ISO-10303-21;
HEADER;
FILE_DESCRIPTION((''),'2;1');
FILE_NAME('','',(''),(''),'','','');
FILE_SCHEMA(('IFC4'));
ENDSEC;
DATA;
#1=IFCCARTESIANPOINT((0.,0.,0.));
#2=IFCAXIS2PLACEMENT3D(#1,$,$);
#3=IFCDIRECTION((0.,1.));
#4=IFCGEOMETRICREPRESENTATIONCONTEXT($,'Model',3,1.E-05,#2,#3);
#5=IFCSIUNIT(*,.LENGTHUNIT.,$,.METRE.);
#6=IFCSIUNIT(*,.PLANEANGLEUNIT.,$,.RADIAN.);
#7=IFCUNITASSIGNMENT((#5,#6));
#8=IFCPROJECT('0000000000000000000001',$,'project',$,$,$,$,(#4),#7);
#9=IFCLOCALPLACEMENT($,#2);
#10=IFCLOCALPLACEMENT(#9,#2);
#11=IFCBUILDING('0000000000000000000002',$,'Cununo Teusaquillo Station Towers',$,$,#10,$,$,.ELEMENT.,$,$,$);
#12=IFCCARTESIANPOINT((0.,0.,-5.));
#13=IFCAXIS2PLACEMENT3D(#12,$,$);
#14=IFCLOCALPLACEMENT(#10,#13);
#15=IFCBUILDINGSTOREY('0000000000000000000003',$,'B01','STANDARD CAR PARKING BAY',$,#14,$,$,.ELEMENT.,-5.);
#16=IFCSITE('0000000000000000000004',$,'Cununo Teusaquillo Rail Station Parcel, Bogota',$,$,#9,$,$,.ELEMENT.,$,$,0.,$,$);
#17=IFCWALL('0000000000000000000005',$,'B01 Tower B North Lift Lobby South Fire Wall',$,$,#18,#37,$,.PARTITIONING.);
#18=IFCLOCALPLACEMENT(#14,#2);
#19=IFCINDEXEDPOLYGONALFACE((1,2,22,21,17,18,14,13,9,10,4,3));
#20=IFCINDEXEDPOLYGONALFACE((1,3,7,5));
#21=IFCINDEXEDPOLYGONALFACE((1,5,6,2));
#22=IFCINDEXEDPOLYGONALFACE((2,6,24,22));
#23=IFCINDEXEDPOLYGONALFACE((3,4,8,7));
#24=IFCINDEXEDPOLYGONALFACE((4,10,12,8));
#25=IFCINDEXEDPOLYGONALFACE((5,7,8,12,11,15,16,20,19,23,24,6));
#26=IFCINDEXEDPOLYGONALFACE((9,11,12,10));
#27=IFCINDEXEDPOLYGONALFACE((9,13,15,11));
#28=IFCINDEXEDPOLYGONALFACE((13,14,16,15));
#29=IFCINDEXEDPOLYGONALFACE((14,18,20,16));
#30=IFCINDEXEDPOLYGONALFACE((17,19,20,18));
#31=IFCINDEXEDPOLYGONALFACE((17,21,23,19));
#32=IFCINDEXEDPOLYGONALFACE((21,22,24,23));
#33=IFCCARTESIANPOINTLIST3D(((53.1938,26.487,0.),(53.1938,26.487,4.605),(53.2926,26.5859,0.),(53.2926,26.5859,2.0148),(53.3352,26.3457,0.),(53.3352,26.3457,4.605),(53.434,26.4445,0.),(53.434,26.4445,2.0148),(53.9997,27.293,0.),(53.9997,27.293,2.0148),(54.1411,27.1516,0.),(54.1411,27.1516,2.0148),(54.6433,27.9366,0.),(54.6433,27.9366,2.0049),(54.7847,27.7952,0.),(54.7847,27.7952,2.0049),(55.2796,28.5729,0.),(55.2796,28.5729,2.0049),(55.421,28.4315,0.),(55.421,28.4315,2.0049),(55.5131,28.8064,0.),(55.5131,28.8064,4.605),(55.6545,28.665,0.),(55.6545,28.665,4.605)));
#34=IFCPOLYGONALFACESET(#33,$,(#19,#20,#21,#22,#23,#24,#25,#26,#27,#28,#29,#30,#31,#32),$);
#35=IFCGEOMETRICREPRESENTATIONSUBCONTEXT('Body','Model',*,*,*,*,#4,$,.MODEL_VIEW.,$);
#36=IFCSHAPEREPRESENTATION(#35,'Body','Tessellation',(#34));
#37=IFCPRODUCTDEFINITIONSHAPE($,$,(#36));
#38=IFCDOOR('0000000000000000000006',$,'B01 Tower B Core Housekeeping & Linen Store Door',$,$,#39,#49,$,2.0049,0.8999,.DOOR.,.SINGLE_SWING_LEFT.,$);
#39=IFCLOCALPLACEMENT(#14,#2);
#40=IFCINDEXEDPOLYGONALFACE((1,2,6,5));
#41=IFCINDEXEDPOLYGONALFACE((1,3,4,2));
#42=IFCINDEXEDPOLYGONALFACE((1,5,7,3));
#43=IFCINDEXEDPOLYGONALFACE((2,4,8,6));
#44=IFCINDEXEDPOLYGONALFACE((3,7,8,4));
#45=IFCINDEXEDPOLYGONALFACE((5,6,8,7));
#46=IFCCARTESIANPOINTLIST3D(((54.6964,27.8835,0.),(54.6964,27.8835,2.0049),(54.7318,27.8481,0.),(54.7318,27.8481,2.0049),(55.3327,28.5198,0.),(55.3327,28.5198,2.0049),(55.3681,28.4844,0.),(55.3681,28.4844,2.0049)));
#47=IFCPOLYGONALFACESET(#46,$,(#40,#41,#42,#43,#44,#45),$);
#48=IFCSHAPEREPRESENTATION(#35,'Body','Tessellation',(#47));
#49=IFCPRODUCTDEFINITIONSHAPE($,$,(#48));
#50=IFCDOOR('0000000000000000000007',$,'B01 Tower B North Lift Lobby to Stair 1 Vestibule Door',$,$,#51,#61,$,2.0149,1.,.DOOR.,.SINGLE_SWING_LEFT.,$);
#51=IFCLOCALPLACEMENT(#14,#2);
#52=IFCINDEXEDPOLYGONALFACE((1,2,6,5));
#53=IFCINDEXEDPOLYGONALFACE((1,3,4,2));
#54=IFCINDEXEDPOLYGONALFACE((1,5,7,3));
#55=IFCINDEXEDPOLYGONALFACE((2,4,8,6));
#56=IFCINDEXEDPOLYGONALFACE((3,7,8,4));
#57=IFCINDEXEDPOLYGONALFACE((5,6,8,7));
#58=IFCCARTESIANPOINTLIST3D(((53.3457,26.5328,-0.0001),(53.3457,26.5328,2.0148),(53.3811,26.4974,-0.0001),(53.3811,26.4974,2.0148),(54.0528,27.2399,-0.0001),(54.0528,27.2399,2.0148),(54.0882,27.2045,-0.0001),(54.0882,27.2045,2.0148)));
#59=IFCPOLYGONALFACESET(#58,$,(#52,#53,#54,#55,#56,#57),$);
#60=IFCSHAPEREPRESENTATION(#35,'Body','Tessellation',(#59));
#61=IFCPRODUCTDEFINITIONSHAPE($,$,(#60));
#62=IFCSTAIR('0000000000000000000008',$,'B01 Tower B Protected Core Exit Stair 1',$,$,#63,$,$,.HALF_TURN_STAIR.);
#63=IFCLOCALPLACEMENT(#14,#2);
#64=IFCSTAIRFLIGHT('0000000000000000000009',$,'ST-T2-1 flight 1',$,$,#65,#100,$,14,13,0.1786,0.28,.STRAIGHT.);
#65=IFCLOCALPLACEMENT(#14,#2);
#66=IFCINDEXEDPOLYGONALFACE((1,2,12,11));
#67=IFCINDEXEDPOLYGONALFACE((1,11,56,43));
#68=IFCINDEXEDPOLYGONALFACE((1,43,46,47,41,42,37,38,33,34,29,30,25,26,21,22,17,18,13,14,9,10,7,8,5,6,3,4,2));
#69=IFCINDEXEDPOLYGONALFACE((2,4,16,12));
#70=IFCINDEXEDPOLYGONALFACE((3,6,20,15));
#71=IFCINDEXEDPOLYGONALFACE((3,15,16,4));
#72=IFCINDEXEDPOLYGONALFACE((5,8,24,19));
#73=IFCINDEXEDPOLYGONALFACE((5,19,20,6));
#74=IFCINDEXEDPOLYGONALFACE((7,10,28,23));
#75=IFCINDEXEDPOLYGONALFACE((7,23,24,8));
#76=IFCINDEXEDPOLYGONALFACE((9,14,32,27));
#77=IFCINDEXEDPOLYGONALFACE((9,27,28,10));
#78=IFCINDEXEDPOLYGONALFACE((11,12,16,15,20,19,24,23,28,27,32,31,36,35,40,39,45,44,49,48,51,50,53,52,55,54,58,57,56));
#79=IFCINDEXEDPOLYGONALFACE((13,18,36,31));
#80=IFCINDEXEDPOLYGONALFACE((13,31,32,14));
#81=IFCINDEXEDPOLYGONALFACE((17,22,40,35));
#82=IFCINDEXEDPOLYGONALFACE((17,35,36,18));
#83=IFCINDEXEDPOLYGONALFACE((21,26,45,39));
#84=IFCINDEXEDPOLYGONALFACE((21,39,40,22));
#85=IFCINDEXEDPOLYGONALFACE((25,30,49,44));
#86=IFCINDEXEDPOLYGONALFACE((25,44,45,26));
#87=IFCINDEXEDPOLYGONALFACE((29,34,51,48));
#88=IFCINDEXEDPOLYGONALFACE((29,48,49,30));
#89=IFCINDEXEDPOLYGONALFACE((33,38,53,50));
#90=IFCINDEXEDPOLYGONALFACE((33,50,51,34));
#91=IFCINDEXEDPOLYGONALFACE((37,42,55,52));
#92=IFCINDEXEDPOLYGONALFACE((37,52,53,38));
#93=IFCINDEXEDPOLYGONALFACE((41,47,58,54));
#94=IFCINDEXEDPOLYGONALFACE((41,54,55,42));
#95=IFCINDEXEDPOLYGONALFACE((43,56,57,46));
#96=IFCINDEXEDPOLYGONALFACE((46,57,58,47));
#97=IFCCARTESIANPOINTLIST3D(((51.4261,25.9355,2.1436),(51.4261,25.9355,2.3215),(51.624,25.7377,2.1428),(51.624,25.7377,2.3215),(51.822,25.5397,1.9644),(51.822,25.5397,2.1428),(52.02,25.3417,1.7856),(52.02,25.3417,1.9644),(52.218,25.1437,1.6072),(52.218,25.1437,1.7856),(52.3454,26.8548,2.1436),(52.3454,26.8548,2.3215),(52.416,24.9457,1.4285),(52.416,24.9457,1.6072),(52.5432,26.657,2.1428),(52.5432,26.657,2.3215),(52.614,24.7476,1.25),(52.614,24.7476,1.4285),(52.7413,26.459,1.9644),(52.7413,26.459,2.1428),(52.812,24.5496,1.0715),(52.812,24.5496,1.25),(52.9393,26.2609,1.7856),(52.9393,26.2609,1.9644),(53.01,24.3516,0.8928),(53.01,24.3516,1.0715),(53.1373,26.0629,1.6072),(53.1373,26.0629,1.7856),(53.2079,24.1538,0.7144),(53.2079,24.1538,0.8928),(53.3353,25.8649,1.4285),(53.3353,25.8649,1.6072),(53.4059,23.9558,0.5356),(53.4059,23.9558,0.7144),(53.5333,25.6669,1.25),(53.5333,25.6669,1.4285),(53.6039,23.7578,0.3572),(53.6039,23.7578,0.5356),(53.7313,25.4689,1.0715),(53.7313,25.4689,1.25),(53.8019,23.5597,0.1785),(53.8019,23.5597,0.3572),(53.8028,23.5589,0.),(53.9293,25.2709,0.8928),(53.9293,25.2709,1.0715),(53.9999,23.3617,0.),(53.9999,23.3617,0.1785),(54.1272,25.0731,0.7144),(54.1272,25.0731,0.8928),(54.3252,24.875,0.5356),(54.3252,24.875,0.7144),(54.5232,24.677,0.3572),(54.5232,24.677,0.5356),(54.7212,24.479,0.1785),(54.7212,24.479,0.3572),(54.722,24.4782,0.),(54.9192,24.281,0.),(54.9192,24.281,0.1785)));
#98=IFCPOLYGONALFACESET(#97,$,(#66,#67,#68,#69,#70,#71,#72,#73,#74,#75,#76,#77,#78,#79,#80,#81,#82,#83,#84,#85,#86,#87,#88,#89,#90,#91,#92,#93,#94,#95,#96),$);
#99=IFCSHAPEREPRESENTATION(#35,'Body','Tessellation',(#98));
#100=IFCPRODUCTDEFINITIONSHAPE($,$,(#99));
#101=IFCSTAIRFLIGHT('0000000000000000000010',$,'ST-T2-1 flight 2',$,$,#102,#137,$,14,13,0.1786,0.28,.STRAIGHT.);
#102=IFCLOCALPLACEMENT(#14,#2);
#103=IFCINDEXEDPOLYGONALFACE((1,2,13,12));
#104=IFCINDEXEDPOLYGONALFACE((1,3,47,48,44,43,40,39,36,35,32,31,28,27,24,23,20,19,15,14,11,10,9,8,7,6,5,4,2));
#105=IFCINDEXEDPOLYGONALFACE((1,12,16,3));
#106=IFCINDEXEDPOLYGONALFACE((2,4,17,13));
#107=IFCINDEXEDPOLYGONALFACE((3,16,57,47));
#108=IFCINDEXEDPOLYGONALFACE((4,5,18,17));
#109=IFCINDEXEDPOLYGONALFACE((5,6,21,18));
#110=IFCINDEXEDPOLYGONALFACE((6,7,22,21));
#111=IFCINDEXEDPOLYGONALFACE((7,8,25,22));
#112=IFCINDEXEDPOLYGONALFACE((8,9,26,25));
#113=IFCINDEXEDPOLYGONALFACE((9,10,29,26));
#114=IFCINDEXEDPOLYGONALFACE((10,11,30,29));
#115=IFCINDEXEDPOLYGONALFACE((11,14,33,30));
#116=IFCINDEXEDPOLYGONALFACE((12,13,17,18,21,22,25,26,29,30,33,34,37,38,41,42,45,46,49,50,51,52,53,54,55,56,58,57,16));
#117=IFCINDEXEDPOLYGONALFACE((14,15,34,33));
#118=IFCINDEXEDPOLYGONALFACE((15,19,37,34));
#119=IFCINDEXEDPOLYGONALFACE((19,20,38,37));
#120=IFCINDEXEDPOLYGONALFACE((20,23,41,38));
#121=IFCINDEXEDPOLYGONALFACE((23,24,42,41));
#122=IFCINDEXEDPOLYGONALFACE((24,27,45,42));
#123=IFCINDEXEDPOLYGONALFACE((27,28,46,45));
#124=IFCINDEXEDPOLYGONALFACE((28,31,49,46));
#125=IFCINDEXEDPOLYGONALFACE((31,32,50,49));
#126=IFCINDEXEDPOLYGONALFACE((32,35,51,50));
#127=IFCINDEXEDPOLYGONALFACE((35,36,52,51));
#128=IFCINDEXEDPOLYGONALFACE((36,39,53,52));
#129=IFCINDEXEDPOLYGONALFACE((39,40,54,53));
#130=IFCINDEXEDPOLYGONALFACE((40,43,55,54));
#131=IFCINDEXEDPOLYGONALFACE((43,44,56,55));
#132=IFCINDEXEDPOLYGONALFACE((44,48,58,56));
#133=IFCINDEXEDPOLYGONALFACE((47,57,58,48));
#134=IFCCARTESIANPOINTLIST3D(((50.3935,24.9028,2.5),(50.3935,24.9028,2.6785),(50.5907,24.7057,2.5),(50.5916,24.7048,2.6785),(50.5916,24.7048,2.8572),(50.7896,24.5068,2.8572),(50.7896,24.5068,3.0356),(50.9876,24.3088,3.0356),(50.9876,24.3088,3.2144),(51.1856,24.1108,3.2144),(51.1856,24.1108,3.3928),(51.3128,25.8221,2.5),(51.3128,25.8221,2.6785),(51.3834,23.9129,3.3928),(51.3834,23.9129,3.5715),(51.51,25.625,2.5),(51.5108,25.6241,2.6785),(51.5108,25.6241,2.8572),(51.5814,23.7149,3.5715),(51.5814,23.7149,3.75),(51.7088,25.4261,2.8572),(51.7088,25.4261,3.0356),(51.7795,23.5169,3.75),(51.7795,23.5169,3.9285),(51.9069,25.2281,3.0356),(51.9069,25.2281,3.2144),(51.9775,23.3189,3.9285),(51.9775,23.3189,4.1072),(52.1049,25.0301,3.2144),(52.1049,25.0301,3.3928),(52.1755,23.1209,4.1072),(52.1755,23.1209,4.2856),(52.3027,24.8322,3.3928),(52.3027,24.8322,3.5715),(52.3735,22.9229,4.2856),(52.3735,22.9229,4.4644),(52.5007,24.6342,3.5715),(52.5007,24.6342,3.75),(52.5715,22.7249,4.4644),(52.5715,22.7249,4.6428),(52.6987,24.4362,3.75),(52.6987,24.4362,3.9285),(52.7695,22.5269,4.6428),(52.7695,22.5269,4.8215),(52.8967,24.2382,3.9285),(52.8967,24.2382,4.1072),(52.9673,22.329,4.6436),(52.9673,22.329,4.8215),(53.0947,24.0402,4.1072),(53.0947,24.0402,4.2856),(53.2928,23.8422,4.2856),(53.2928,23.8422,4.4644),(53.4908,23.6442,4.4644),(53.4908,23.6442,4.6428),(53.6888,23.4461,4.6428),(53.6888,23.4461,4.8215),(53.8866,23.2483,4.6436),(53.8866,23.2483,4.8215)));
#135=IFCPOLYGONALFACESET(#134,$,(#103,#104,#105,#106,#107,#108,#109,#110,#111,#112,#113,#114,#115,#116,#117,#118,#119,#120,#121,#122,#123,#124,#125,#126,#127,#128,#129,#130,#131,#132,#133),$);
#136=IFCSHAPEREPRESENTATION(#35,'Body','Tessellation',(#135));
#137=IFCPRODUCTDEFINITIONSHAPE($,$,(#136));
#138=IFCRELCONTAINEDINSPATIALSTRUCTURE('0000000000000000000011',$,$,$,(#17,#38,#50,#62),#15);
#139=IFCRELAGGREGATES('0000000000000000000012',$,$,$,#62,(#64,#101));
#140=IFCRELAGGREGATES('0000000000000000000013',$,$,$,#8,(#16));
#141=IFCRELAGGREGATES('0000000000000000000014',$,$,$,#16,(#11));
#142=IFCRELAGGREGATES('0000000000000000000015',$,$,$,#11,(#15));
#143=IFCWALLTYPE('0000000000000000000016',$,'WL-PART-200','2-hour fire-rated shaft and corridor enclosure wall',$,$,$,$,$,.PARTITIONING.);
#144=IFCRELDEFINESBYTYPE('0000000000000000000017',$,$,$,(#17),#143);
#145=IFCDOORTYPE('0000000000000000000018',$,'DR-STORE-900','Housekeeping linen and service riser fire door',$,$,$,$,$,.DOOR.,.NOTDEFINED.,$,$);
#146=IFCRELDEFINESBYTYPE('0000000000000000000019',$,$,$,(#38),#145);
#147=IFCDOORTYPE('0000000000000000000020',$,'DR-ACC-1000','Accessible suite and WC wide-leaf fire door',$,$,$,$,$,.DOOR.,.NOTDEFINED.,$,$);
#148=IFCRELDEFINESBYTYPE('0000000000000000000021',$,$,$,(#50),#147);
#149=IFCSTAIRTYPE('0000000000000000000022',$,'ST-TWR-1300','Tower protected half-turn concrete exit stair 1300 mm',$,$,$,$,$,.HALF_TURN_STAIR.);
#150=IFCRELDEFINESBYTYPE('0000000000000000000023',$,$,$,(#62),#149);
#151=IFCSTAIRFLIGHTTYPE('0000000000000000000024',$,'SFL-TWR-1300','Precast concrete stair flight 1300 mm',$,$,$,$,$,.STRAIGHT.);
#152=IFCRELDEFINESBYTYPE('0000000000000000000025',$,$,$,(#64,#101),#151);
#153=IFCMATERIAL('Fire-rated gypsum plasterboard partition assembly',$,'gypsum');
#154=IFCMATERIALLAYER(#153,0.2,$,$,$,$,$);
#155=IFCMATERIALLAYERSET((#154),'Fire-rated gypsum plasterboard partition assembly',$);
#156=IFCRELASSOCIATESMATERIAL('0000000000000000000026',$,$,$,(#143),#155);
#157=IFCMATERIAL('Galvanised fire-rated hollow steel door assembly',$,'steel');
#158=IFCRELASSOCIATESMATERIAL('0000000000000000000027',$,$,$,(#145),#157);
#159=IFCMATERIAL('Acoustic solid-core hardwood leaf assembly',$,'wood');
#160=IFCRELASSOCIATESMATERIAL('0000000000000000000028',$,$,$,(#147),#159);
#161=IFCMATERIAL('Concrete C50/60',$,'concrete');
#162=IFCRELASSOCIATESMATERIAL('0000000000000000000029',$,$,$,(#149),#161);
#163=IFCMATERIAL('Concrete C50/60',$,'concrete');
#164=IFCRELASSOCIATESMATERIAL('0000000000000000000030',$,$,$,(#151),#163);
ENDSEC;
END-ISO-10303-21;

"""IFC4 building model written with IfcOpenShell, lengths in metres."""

from ifc_helpers import new_model, si_unit, direction, frame, frame_2d, origin, place, context, subcontext, project, spatial, polyline, rectangle, outline, extrude, source, transform, mapped, material, layer, layer_set, type_object, element, fill, aggregate, save


model = new_model("IFC4")

# Units and contexts
model_context = context("Model", 3, precision=1e-05, world=origin(), true_north=direction((0.0, 1.0)))
body_context = subcontext(model_context, "Body", "Model", "MODEL_VIEW")
ifc_project = project(units=[si_unit("LENGTHUNIT", "METRE"), si_unit("PLANEANGLEUNIT", "RADIAN")], contexts=[model_context])

# Site, building, storey
site_placement = place(None, origin())
site = spatial("IfcSite", under=ifc_project, at=site_placement, Name="Cununo Teusaquillo Rail Station Parcel, Bogota", CompositionType="ELEMENT", RefElevation=0.0)
building_placement = place(site_placement, origin())
building = spatial("IfcBuilding", under=site, at=building_placement, Name="Cununo Teusaquillo Station Towers", CompositionType="ELEMENT")
storey_placement = place(building_placement, frame((0.0, 0.0, -5.0)))
storey = spatial("IfcBuildingStorey", under=building, at=storey_placement, Name="B01", Description="STANDARD CAR PARKING BAY", CompositionType="ELEMENT", Elevation=-5.0)

# Wall, openings, doors
ifc_material_1 = material(Name="Fire-rated gypsum plasterboard partition assembly", Category="gypsum")
ifc_layer_1 = layer(ifc_material_1, 0.2)
ifc_layer_set_1 = layer_set([ifc_layer_1], Name="Fire-rated gypsum plasterboard partition assembly")
wall_type_1 = type_object("IfcWallType", Name="WL-PART-200", Description="2-hour fire-rated shaft and corridor enclosure wall", PredefinedType="PARTITIONING", material=ifc_layer_set_1)
wall_1_placement = place(storey_placement, frame((53.2644, 26.4163, 0.0), z_axis=(0.0, 0.0, 1.0), x_axis=(0.707107, 0.707107, 0.0)))
wall_1 = element("IfcWall", 1, at=wall_1_placement, inside=storey, type_object=wall_type_1, Name="B01 Tower B North Lift Lobby South Fire Wall", PredefinedType="PARTITIONING", context=body_context, shape_type="SweptSolid", body=[
    extrude(rectangle(XDim=3.28, YDim=0.2, at=frame_2d((1.6401, 0.0))), origin(), (0.0, 0.0, 1.0), 4.605),
])
shared_shape_1 = source(origin(), body_context, "Body", "SweptSolid", [
    extrude(rectangle(XDim=1.0, YDim=2.0149, at=frame_2d((0.5, 1.0073))), frame((0.0, 0.1099, 0.0), z_axis=(0.0, -1.0, 0.0), x_axis=(1.0, 0.0, 0.0)), (0.0, 0.0, 1.0), 0.22),
])
opening_1_placement = place(wall_1_placement, frame((0.1399, 0.0, 0.0)))
opening_1 = element("IfcOpeningElement", 2, at=opening_1_placement, cuts=wall_1, PredefinedType="OPENING", context=body_context, shape_type="MappedRepresentation", body=[
    mapped(shared_shape_1, transform((0.0, 0.0, 0.0), x_axis=(1.0, 0.0, 0.0), y_axis=(0.0, 1.0, 0.0), z_axis=(0.0, 0.0, 1.0), scale=1.0)),
])
shared_shape_2 = source(origin(), body_context, "Body", "SweptSolid", [
    extrude(rectangle(XDim=0.8999, YDim=2.0049, at=frame_2d((0.45, 1.0024))), frame((0.0, 0.1099, 0.0), z_axis=(0.0, -1.0, 0.0), x_axis=(1.0, 0.0, 0.0)), (0.0, 0.0, 1.0), 0.22),
])
opening_2_placement = place(wall_1_placement, frame((2.05, 0.0, 0.0)))
opening_2 = element("IfcOpeningElement", 3, at=opening_2_placement, cuts=wall_1, PredefinedType="OPENING", context=body_context, shape_type="MappedRepresentation", body=[
    mapped(shared_shape_2, transform((0.0, 0.0, 0.0), x_axis=(1.0, 0.0, 0.0), y_axis=(0.0, 1.0, 0.0), z_axis=(0.0, 0.0, 1.0), scale=1.0)),
])
ifc_material_2 = material(Name="Galvanised fire-rated hollow steel door assembly", Category="steel")
door_type_1 = type_object("IfcDoorType", Name="DR-STORE-900", Description="Housekeeping linen and service riser fire door", OperationType="NOTDEFINED", PredefinedType="DOOR", material=ifc_material_2)
shared_shape_3 = source(origin(), body_context, "Body", "SweptSolid", [
    extrude(rectangle(XDim=0.8999, YDim=2.0049, at=frame_2d((0.45, 1.0024))), frame((0.0, 0.0249, 0.0), z_axis=(0.0, -1.0, 0.0), x_axis=(1.0, 0.0, 0.0)), (0.0, 0.0, 1.0), 0.05),
])
door_1_placement = place(opening_2_placement, origin())
door_1 = element("IfcDoor", 4, at=door_1_placement, inside=storey, type_object=door_type_1, Name="B01 Tower B Core Housekeeping & Linen Store Door", OperationType="SINGLE_SWING_LEFT", OverallHeight=2.0049, OverallWidth=0.8999, PredefinedType="DOOR", context=body_context, shape_type="MappedRepresentation", body=[
    mapped(shared_shape_3, transform((0.0, 0.0, 0.0), x_axis=(1.0, 0.0, 0.0), y_axis=(0.0, 1.0, 0.0), z_axis=(0.0, 0.0, 1.0), scale=1.0)),
])
fill(opening_2, door_1)
ifc_material_3 = material(Name="Acoustic solid-core hardwood leaf assembly", Category="wood")
door_type_2 = type_object("IfcDoorType", Name="DR-ACC-1000", Description="Accessible suite and WC wide-leaf fire door", OperationType="NOTDEFINED", PredefinedType="DOOR", material=ifc_material_3)
shared_shape_4 = source(origin(), body_context, "Body", "SweptSolid", [
    extrude(rectangle(XDim=1.0, YDim=2.0149, at=frame_2d((0.5, 1.0073))), frame((0.0, 0.0249, 0.0), z_axis=(0.0, -1.0, 0.0), x_axis=(1.0, 0.0, 0.0)), (0.0, 0.0, 1.0), 0.05),
])
door_2_placement = place(opening_1_placement, origin())
door_2 = element("IfcDoor", 5, at=door_2_placement, inside=storey, type_object=door_type_2, Name="B01 Tower B North Lift Lobby to Stair 1 Vestibule Door", OperationType="SINGLE_SWING_LEFT", OverallHeight=2.0149, OverallWidth=1.0, PredefinedType="DOOR", context=body_context, shape_type="MappedRepresentation", body=[
    mapped(shared_shape_4, transform((0.0, 0.0, 0.0), x_axis=(1.0, 0.0, 0.0), y_axis=(0.0, 1.0, 0.0), z_axis=(0.0, 0.0, 1.0), scale=1.0)),
])
fill(opening_1, door_2)

# Stair, stair flights
ifc_material_4 = material(Name="Concrete C50/60", Category="concrete")
stair_type = type_object("IfcStairType", Name="ST-TWR-1300", Description="Tower protected half-turn concrete exit stair 1300 mm", PredefinedType="HALF_TURN_STAIR", material=ifc_material_4)
stair_placement = place(storey_placement, origin())
stair = element("IfcStair", 6, at=stair_placement, inside=storey, type_object=stair_type, Name="B01 Tower B Protected Core Exit Stair 1", PredefinedType="HALF_TURN_STAIR")
ifc_material_5 = material(Name="Concrete C50/60", Category="concrete")
stair_flight_type = type_object("IfcStairFlightType", Name="SFL-TWR-1300", Description="Precast concrete stair flight 1300 mm", PredefinedType="STRAIGHT", material=ifc_material_5)
stair_flight_1_placement = place(storey_placement, frame((54.4595, 23.8213, 0.0), z_axis=(0.0, 0.0, 1.0), x_axis=(-0.707107, 0.707107, 0.0)))
stair_flight_1 = element("IfcStairFlight", 7, at=stair_flight_1_placement, type_object=stair_flight_type, Name="ST-T2-1 flight 1", NumberOfRisers=14, NumberOfTreads=13, PredefinedType="STRAIGHT", RiserHeight=0.1786, TreadLength=0.28, context=body_context, shape_type="SweptSolid", body=[
    extrude(outline(polyline([(0.0, 0.0), (0.0, 0.1785), (0.28, 0.1785), (0.28, 0.3572), (0.5601, 0.3572), (0.5601, 0.5356), (0.8401, 0.5356), (0.8401, 0.7144), (1.1201, 0.7144), (1.1201, 0.8928), (1.3999, 0.8928), (1.3999, 1.0715), (1.6799, 1.0715), (1.6799, 1.25), (1.96, 1.25), (1.96, 1.4285), (2.24, 1.4285), (2.24, 1.6072), (2.52, 1.6072), (2.52, 1.7856), (2.8, 1.7856), (2.8, 1.9644), (3.0801, 1.9644), (3.0801, 2.1428), (3.3601, 2.1428), (3.3601, 2.3215), (3.6399, 2.3215), (3.6399, 2.5), (3.6399, 2.1436), (0.2788, 0.0), (0.0, 0.0)])), frame((0.0, 0.6499, 0.0), z_axis=(0.0, -1.0, 0.0), x_axis=(1.0, 0.0, 0.0)), (0.0, 0.0, 1.0), 1.3),
])
stair_flight_2_placement = place(storey_placement, frame((50.8533, 25.3625, 2.5), z_axis=(0.0, 0.0, 1.0), x_axis=(0.707107, -0.707107, 0.0)))
stair_flight_2 = element("IfcStairFlight", 8, at=stair_flight_2_placement, type_object=stair_flight_type, Name="ST-T2-1 flight 2", NumberOfRisers=14, NumberOfTreads=13, PredefinedType="STRAIGHT", RiserHeight=0.1786, TreadLength=0.28, context=body_context, shape_type="SweptSolid", body=[
    extrude(outline(polyline([(0.0, 0.0), (0.0, 0.1785), (0.28, 0.1785), (0.28, 0.3572), (0.5601, 0.3572), (0.5601, 0.5356), (0.8401, 0.5356), (0.8401, 0.7144), (1.1201, 0.7144), (1.1201, 0.8928), (1.3999, 0.8928), (1.3999, 1.0715), (1.6799, 1.0715), (1.6799, 1.25), (1.96, 1.25), (1.96, 1.4285), (2.24, 1.4285), (2.24, 1.6072), (2.52, 1.6072), (2.52, 1.7856), (2.8, 1.7856), (2.8, 1.9644), (3.0801, 1.9644), (3.0801, 2.1428), (3.3601, 2.1428), (3.3601, 2.3215), (3.6399, 2.3215), (3.6399, 2.5), (3.6399, 2.1436), (0.2788, 0.0), (0.0, 0.0)])), frame((0.0, 0.6499, 0.0), z_axis=(0.0, -1.0, 0.0), x_axis=(1.0, 0.0, 0.0)), (0.0, 0.0, 1.0), 1.3),
])
aggregate(stair, [stair_flight_1, stair_flight_2])

save(model, "model.ifc")
